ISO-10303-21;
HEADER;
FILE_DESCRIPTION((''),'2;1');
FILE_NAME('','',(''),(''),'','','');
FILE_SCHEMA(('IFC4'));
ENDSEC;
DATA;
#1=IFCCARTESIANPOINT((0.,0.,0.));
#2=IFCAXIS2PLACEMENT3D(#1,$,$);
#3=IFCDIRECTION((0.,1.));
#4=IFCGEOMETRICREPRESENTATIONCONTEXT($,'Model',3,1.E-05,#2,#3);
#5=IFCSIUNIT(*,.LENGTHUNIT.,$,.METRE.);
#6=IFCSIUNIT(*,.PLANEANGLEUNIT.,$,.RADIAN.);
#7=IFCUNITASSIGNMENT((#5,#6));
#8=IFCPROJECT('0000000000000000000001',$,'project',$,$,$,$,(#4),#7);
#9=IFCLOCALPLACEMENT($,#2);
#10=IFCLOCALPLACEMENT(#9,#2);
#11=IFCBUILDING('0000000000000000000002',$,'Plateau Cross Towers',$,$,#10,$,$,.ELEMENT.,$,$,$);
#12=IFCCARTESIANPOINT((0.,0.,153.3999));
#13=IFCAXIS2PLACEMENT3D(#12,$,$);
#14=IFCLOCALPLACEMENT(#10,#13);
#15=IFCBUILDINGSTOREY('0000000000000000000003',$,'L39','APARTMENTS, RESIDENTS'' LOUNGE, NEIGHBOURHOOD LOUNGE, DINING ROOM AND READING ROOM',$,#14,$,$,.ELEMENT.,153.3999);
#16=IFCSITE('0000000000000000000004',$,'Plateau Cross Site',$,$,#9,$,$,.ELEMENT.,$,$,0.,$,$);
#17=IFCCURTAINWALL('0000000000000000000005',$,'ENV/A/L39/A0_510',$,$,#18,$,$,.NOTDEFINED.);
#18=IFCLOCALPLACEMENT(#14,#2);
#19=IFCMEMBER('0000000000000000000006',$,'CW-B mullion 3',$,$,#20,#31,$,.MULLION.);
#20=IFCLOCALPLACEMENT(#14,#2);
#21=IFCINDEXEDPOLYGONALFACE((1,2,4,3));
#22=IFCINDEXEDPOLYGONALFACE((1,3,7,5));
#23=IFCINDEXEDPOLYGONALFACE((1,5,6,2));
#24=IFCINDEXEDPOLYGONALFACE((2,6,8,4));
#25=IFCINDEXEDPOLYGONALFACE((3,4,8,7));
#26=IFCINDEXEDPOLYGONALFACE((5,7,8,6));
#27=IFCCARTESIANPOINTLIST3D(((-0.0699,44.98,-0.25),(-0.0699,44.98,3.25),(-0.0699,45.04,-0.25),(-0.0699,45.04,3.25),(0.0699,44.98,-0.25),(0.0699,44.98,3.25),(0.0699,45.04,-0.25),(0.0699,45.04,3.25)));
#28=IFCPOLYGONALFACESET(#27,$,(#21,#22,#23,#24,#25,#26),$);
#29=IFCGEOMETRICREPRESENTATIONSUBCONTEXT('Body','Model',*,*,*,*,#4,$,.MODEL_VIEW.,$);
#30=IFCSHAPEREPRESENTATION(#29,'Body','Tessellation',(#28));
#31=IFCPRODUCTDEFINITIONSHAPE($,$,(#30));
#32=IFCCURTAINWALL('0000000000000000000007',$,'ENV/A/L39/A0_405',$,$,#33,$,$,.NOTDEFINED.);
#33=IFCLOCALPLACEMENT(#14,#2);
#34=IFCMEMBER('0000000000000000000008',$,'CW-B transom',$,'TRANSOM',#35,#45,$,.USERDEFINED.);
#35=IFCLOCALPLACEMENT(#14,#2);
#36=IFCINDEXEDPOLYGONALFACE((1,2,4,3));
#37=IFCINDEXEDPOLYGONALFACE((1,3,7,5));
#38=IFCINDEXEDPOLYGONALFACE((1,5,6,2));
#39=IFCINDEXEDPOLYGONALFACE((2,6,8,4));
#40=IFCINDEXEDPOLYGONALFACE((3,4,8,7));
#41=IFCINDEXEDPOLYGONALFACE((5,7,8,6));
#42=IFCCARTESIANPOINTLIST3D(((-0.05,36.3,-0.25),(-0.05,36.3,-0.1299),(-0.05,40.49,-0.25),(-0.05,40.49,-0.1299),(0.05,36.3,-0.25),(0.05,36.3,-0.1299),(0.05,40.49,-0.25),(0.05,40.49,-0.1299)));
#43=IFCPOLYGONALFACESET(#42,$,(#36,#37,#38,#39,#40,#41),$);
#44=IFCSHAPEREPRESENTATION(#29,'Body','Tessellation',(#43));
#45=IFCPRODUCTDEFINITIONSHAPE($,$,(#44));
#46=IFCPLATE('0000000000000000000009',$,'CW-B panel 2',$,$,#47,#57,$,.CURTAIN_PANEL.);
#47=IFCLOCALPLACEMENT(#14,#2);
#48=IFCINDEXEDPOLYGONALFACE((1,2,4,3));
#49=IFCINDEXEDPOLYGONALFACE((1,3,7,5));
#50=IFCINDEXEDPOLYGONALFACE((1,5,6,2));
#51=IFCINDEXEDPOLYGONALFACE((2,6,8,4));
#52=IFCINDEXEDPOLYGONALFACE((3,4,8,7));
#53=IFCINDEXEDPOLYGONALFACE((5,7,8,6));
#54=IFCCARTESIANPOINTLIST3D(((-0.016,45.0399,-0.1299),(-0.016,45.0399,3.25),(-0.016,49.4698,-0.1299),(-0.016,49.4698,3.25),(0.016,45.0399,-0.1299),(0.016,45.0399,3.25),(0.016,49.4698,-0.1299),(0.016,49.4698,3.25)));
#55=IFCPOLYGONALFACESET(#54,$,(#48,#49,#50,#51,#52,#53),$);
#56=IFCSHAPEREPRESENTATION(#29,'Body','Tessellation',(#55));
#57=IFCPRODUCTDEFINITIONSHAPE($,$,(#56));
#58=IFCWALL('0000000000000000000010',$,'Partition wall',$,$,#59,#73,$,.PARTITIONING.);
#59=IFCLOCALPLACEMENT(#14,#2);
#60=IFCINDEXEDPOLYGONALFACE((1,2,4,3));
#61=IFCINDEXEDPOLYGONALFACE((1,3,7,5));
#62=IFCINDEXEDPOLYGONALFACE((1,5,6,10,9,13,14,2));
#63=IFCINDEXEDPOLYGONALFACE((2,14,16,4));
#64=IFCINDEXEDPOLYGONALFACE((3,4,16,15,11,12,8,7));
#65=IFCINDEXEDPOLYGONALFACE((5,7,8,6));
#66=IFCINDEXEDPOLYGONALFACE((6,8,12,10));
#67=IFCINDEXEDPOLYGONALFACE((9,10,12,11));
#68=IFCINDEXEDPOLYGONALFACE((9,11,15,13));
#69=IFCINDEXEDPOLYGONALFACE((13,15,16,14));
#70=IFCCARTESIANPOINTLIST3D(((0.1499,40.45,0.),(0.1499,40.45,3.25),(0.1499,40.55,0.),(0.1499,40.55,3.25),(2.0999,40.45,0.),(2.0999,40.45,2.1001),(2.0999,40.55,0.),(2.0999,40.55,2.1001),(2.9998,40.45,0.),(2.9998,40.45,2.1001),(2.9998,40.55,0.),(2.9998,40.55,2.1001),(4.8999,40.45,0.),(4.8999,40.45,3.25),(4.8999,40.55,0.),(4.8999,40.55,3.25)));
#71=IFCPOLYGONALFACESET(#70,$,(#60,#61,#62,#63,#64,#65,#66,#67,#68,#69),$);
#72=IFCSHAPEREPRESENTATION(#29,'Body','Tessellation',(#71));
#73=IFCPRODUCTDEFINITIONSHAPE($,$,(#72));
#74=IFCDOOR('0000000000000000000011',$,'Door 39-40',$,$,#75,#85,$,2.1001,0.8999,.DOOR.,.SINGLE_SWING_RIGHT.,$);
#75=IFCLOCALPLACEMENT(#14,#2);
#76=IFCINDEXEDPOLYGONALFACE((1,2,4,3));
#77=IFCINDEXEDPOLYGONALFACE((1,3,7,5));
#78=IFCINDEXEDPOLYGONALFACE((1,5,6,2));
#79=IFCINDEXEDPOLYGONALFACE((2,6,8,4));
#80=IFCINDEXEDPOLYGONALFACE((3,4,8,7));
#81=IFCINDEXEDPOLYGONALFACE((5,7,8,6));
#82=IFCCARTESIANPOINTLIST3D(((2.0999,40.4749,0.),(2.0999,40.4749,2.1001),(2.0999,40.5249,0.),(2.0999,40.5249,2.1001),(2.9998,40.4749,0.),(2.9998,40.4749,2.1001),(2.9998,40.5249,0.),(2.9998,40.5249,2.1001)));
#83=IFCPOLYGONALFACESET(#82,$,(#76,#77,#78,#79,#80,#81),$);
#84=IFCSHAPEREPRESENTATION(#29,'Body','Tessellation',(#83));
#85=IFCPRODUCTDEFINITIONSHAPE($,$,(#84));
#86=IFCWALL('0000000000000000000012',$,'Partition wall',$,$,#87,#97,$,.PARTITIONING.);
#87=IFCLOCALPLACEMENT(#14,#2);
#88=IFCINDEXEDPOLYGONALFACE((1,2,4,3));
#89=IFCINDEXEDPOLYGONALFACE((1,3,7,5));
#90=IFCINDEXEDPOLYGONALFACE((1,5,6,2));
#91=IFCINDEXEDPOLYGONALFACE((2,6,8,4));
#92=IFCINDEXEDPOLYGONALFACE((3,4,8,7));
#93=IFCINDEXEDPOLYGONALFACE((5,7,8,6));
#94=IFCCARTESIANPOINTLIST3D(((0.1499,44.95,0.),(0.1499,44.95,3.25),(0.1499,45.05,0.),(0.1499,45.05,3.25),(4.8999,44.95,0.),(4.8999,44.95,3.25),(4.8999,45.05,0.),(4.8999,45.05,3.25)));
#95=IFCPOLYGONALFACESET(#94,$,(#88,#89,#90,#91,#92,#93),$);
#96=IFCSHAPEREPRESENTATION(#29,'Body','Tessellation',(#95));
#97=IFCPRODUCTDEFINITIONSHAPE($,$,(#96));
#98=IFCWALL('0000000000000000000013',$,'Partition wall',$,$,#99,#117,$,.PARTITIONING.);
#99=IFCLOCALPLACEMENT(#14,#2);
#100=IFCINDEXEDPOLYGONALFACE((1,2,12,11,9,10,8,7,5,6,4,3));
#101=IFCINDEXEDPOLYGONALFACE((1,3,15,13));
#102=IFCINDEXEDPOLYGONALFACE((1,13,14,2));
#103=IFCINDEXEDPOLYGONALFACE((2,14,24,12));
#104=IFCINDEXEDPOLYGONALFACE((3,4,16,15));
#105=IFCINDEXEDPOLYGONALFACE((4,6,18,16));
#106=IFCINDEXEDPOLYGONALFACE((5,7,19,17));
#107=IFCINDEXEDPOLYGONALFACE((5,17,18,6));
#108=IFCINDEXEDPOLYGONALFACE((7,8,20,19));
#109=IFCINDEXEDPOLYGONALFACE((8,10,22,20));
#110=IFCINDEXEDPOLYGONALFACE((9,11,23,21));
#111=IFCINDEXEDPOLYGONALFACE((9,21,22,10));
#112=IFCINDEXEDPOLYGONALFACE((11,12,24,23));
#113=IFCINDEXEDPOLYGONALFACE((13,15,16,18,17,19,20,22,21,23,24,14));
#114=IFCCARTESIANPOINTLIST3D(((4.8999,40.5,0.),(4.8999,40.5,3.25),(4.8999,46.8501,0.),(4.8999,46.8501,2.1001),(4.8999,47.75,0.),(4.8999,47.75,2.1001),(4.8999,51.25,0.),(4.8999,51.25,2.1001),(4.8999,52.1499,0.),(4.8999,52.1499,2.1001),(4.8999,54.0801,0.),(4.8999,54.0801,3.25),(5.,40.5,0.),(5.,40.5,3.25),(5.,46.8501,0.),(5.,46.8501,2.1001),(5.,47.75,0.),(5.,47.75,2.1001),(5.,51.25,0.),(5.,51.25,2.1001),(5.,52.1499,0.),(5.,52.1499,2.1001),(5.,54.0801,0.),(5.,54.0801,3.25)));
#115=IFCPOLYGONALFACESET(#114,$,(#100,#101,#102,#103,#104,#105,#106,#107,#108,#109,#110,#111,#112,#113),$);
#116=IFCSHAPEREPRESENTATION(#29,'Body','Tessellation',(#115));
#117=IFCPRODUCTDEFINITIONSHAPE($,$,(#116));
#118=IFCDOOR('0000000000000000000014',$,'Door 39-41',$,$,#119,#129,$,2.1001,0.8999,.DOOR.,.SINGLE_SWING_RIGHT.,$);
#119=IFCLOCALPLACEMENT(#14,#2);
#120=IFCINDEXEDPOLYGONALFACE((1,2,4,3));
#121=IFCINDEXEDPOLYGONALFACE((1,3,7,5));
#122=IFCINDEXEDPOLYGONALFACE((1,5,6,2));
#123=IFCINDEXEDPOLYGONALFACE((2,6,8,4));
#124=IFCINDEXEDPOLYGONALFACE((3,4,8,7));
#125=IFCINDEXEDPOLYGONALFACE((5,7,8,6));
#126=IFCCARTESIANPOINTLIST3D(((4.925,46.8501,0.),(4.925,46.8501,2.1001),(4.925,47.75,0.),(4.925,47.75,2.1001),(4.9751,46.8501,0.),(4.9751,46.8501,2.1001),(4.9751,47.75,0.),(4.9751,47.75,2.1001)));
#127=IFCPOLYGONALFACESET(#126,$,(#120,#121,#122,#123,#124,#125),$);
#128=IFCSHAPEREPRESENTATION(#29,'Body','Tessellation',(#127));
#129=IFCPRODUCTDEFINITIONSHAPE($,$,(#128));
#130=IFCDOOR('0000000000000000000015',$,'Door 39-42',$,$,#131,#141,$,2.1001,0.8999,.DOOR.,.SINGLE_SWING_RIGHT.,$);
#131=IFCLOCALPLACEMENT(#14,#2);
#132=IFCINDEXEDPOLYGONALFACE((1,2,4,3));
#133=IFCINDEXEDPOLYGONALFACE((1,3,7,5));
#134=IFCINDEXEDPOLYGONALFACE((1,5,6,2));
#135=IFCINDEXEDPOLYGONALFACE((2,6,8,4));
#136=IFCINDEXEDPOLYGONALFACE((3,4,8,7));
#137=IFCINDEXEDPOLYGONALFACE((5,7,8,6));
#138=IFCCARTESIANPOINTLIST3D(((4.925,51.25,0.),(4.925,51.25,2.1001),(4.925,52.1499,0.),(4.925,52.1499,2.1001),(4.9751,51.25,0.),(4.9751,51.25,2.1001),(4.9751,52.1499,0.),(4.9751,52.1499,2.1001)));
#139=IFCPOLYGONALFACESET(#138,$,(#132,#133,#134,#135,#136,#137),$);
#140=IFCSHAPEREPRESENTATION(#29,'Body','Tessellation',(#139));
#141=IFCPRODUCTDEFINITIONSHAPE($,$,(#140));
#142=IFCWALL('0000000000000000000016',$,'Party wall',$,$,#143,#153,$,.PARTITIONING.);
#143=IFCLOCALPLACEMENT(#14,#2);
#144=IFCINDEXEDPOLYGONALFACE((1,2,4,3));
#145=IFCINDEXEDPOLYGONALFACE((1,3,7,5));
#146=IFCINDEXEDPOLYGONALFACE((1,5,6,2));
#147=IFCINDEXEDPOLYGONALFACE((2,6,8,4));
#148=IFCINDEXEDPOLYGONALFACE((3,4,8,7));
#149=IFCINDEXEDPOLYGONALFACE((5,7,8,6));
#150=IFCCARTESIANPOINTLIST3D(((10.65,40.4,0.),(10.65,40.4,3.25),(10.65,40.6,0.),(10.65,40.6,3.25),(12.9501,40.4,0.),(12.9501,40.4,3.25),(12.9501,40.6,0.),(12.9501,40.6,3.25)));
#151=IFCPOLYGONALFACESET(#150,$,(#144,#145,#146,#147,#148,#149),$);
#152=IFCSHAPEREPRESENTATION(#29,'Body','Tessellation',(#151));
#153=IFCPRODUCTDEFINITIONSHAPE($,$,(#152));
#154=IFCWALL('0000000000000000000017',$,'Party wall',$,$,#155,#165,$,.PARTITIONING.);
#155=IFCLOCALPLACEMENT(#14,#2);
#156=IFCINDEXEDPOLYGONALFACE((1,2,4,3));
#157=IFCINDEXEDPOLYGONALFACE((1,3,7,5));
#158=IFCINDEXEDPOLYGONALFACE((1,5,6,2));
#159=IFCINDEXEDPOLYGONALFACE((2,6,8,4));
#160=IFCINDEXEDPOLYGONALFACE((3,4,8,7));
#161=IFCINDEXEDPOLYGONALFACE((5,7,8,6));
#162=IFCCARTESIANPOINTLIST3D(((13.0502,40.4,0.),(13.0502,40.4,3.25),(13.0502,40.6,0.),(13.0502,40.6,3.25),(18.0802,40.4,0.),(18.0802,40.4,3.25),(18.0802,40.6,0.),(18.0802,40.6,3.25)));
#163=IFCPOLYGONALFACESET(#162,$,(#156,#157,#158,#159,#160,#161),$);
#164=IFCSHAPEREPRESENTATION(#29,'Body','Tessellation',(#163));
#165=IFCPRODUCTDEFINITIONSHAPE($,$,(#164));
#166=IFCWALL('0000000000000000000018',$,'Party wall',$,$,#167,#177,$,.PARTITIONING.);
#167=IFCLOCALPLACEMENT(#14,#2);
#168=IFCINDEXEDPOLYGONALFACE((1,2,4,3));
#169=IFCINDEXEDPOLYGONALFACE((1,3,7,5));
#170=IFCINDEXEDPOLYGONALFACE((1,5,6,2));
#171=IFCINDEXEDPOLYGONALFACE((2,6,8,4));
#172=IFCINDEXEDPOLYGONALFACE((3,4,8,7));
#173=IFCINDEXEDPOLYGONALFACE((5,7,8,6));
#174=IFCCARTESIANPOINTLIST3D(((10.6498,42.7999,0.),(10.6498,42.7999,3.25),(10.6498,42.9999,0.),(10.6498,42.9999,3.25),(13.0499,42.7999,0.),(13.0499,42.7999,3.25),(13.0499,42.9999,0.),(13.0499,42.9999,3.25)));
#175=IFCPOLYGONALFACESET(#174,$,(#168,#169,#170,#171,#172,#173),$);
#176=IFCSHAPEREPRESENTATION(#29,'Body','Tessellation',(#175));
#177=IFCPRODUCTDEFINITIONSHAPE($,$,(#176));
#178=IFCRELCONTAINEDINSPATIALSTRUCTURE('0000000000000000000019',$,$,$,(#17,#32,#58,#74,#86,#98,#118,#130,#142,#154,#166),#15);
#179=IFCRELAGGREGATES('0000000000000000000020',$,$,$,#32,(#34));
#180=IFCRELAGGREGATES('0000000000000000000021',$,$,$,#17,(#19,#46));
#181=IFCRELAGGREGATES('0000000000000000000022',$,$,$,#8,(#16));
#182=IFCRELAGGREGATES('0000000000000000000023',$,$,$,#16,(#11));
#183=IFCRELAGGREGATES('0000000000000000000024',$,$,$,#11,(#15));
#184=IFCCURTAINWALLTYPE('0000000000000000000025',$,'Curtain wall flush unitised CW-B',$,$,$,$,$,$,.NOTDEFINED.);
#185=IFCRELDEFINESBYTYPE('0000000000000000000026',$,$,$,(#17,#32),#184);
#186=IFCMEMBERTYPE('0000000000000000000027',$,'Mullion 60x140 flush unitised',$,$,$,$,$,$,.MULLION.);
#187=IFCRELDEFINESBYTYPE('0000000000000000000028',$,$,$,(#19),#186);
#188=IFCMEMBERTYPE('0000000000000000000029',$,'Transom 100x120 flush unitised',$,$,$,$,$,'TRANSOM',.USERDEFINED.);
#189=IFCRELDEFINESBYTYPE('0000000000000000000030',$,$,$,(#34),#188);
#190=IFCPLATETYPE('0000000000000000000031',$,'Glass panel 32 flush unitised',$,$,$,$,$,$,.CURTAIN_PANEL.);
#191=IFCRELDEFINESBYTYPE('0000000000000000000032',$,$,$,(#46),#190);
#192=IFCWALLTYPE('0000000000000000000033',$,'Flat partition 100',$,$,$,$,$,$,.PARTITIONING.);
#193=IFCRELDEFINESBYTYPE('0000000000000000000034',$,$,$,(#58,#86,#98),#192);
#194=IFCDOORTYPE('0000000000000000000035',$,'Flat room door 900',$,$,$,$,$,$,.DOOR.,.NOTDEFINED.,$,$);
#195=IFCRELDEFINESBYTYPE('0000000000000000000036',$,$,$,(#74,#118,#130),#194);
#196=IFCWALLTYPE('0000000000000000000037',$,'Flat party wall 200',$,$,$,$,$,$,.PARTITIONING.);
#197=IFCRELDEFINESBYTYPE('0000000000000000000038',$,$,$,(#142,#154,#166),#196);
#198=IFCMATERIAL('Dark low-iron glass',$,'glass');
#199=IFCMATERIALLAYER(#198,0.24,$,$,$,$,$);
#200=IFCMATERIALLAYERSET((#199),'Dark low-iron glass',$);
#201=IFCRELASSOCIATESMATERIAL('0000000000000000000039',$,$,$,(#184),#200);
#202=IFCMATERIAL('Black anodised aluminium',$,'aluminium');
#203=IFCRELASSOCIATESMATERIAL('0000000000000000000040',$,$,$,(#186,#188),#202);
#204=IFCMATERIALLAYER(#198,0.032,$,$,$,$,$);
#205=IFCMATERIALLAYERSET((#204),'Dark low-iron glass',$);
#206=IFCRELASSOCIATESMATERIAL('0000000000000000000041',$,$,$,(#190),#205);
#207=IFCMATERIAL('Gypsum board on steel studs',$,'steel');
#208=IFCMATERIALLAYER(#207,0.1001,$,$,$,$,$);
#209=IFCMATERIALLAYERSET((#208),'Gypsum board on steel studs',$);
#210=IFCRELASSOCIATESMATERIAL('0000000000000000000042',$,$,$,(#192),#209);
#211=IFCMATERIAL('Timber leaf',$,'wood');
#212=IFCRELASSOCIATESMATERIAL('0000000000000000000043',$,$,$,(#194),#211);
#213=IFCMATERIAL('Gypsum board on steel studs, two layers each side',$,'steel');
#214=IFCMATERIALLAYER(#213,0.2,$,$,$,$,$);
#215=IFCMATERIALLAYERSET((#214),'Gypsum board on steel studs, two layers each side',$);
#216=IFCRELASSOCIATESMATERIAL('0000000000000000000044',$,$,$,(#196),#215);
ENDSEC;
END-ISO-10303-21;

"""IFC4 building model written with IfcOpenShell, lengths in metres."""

from ifc_helpers import new_model, si_unit, direction, frame, frame_2d, origin, origin_2d, place, context, subcontext, project, spatial, rectangle, extrude, material, layer, layer_set, material_profile, profile_set, type_object, element, fill, aggregate, save


model = new_model("IFC4")

# Units and contexts
model_context = context("Model", 3, precision=1e-05, world=origin(), true_north=direction((0.0, 1.0)))
body_context = subcontext(model_context, "Body", "Model", "MODEL_VIEW")
ifc_project = project(units=[si_unit("LENGTHUNIT", "METRE"), si_unit("PLANEANGLEUNIT", "RADIAN")], contexts=[model_context])

# Site, building, storey
site_placement = place(None, origin())
site = spatial("IfcSite", under=ifc_project, at=site_placement, Name="Plateau Cross Site", CompositionType="ELEMENT", RefElevation=0.0)
building_placement = place(site_placement, origin())
building = spatial("IfcBuilding", under=site, at=building_placement, Name="Plateau Cross Towers", CompositionType="ELEMENT")
storey_placement = place(building_placement, frame((0.0, 0.0, 153.3999)))
storey = spatial("IfcBuildingStorey", under=building, at=storey_placement, Name="L39", Description="APARTMENTS, RESIDENTS' LOUNGE, NEIGHBOURHOOD LOUNGE, DINING ROOM AND READING ROOM", CompositionType="ELEMENT", Elevation=153.3999)

# Curtain walls, members
ifc_material_1 = material(Name="Dark low-iron glass", Category="glass")
ifc_layer_1 = layer(ifc_material_1, 0.24)
ifc_layer_set_1 = layer_set([ifc_layer_1], Name="Dark low-iron glass")
curtain_wall_type = type_object("IfcCurtainWallType", Name="Curtain wall flush unitised CW-B", PredefinedType="NOTDEFINED", material=ifc_layer_set_1)
curtain_wall_1_placement = place(storey_placement, origin())
curtain_wall_1 = element("IfcCurtainWall", 1, at=curtain_wall_1_placement, inside=storey, type_object=curtain_wall_type, Name="ENV/A/L39/A0_510", PredefinedType="NOTDEFINED")
ifc_material_2 = material(Name="Black anodised aluminium", Category="aluminium")
ifc_material_profile_1 = material_profile(ifc_material_2, rectangle(XDim=0.0601, YDim=0.1399, at=origin_2d()), Name="MULLION 60x140")
ifc_profile_set_1 = profile_set([ifc_material_profile_1], Name="Black anodised aluminium")
member_type_1 = type_object("IfcMemberType", Name="Mullion 60x140 flush unitised", PredefinedType="MULLION", material=ifc_profile_set_1)
member_1_placement = place(storey_placement, frame((0.0, 45.01, -0.25), z_axis=(0.0, 0.0, 1.0), x_axis=(0.0, -1.0, 0.0)))
member_1 = element("IfcMember", 2, at=member_1_placement, type_object=member_type_1, Name="CW-B mullion 3", PredefinedType="MULLION", context=body_context, shape_type="SweptSolid", body=[
    extrude(rectangle(XDim=0.0601, YDim=0.1399, at=origin_2d()), origin(), (0.0, 0.0, 1.0), 3.5),
])
curtain_wall_2_placement = place(storey_placement, origin())
curtain_wall_2 = element("IfcCurtainWall", 3, at=curtain_wall_2_placement, inside=storey, type_object=curtain_wall_type, Name="ENV/A/L39/A0_405", PredefinedType="NOTDEFINED")
ifc_material_profile_2 = material_profile(ifc_material_2, rectangle(XDim=0.1001, YDim=0.1201, at=origin_2d()), Name="TRANSOM 100x120")
ifc_profile_set_2 = profile_set([ifc_material_profile_2], Name="Black anodised aluminium")
member_type_2 = type_object("IfcMemberType", Name="Transom 100x120 flush unitised", ElementType="TRANSOM", PredefinedType="USERDEFINED", material=ifc_profile_set_2)
member_2_placement = place(storey_placement, frame((0.0, 40.49, -0.1899), z_axis=(0.0, -1.0, 0.0), x_axis=(1.0, 0.0, 0.0)))
member_2 = element("IfcMember", 4, at=member_2_placement, type_object=member_type_2, Name="CW-B transom", ObjectType="TRANSOM", PredefinedType="USERDEFINED", context=body_context, shape_type="SweptSolid", body=[
    extrude(rectangle(XDim=0.1001, YDim=0.1201, at=origin_2d()), origin(), (0.0, 0.0, 1.0), 4.1899),
])
aggregate(curtain_wall_2, [member_2])

# Plate
ifc_layer_2 = layer(ifc_material_1, 0.032)
ifc_layer_set_2 = layer_set([ifc_layer_2], Name="Dark low-iron glass")
plate_type = type_object("IfcPlateType", Name="Glass panel 32 flush unitised", PredefinedType="CURTAIN_PANEL", material=ifc_layer_set_2)
plate_placement = place(storey_placement, frame((0.0, 47.2549, -0.1299), z_axis=(0.0, 0.0, 1.0), x_axis=(0.0, -1.0, 0.0)))
plate = element("IfcPlate", 5, at=plate_placement, type_object=plate_type, Name="CW-B panel 2", PredefinedType="CURTAIN_PANEL", context=body_context, shape_type="SweptSolid", body=[
    extrude(rectangle(XDim=4.4299, YDim=0.032, at=origin_2d()), origin(), (0.0, 0.0, 1.0), 3.3799),
])
aggregate(curtain_wall_1, [member_1, plate])

# Wall, opening, door
ifc_material_3 = material(Name="Gypsum board on steel studs", Category="steel")
ifc_layer_3 = layer(ifc_material_3, 0.1001)
ifc_layer_set_3 = layer_set([ifc_layer_3], Name="Gypsum board on steel studs")
wall_type_1 = type_object("IfcWallType", Name="Flat partition 100", PredefinedType="PARTITIONING", material=ifc_layer_set_3)
wall_1_placement = place(storey_placement, frame((0.1499, 40.5, 0.0), z_axis=(0.0, 0.0, 1.0), x_axis=(1.0, 0.0, 0.0)))
wall_1 = element("IfcWall", 6, at=wall_1_placement, inside=storey, type_object=wall_type_1, Name="Partition wall", PredefinedType="PARTITIONING", context=body_context, shape_type="SweptSolid", body=[
    extrude(rectangle(XDim=4.75, YDim=0.1001, at=frame_2d((2.375, 0.0))), origin(), (0.0, 0.0, 1.0), 3.25),
])
opening_1_placement = place(wall_1_placement, frame((1.95, 0.0, 0.0)))
opening_1 = element("IfcOpeningElement", 7, at=opening_1_placement, cuts=wall_1, PredefinedType="OPENING", context=body_context, shape_type="SweptSolid", body=[
    extrude(rectangle(XDim=0.8999, YDim=2.1001, at=frame_2d((0.45, 1.05))), frame((0.0, 0.0601, 0.0), z_axis=(0.0, -1.0, 0.0), x_axis=(1.0, 0.0, 0.0)), (0.0, 0.0, 1.0), 0.1201),
])
ifc_material_4 = material(Name="Timber leaf", Category="wood")
door_type_1 = type_object("IfcDoorType", Name="Flat room door 900", OperationType="NOTDEFINED", PredefinedType="DOOR", material=ifc_material_4)
door_1_placement = place(opening_1_placement, origin())
door_1 = element("IfcDoor", 8, at=door_1_placement, inside=storey, type_object=door_type_1, Name="Door 39-40", OperationType="SINGLE_SWING_RIGHT", OverallHeight=2.1001, OverallWidth=0.8999, PredefinedType="DOOR", context=body_context, shape_type="SweptSolid", body=[
    extrude(rectangle(XDim=0.8999, YDim=2.1001, at=frame_2d((0.45, 1.05))), frame((0.0, 0.0249, 0.0), z_axis=(0.0, -1.0, 0.0), x_axis=(1.0, 0.0, 0.0)), (0.0, 0.0, 1.0), 0.05),
])
fill(opening_1, door_1)

# Wall
wall_2_placement = place(storey_placement, frame((4.8999, 45.0, 0.0), z_axis=(0.0, 0.0, 1.0), x_axis=(-1.0, 0.0, 0.0)))
element("IfcWall", 9, at=wall_2_placement, inside=storey, type_object=wall_type_1, Name="Partition wall", PredefinedType="PARTITIONING", context=body_context, shape_type="SweptSolid", body=[
    extrude(rectangle(XDim=4.75, YDim=0.1001, at=frame_2d((2.375, 0.0))), origin(), (0.0, 0.0, 1.0), 3.25),
])

# Wall, openings, doors
wall_3_placement = place(storey_placement, frame((4.95, 40.5, 0.0), z_axis=(0.0, 0.0, 1.0), x_axis=(0.0, 1.0, 0.0)))
wall_3 = element("IfcWall", 10, at=wall_3_placement, inside=storey, type_object=wall_type_1, Name="Partition wall", PredefinedType="PARTITIONING", context=body_context, shape_type="SweptSolid", body=[
    extrude(rectangle(XDim=13.5801, YDim=0.1001, at=frame_2d((6.79, 0.0))), origin(), (0.0, 0.0, 1.0), 3.25),
])
opening_2_placement = place(wall_3_placement, frame((6.3501, 0.0, 0.0)))
opening_2 = element("IfcOpeningElement", 11, at=opening_2_placement, cuts=wall_3, PredefinedType="OPENING", context=body_context, shape_type="SweptSolid", body=[
    extrude(rectangle(XDim=0.8999, YDim=2.1001, at=frame_2d((0.45, 1.05))), frame((0.0, 0.0601, 0.0), z_axis=(0.0, -1.0, 0.0), x_axis=(1.0, 0.0, 0.0)), (0.0, 0.0, 1.0), 0.1201),
])
opening_3_placement = place(wall_3_placement, frame((10.75, 0.0, 0.0)))
opening_3 = element("IfcOpeningElement", 12, at=opening_3_placement, cuts=wall_3, PredefinedType="OPENING", context=body_context, shape_type="SweptSolid", body=[
    extrude(rectangle(XDim=0.8999, YDim=2.1001, at=frame_2d((0.45, 1.05))), frame((0.0, 0.0601, 0.0), z_axis=(0.0, -1.0, 0.0), x_axis=(1.0, 0.0, 0.0)), (0.0, 0.0, 1.0), 0.1201),
])
door_2_placement = place(opening_2_placement, origin())
door_2 = element("IfcDoor", 13, at=door_2_placement, inside=storey, type_object=door_type_1, Name="Door 39-41", OperationType="SINGLE_SWING_RIGHT", OverallHeight=2.1001, OverallWidth=0.8999, PredefinedType="DOOR", context=body_context, shape_type="SweptSolid", body=[
    extrude(rectangle(XDim=0.8999, YDim=2.1001, at=frame_2d((0.45, 1.05))), frame((0.0, 0.0249, 0.0), z_axis=(0.0, -1.0, 0.0), x_axis=(1.0, 0.0, 0.0)), (0.0, 0.0, 1.0), 0.05),
])
fill(opening_2, door_2)
door_3_placement = place(opening_3_placement, origin())
door_3 = element("IfcDoor", 14, at=door_3_placement, inside=storey, type_object=door_type_1, Name="Door 39-42", OperationType="SINGLE_SWING_RIGHT", OverallHeight=2.1001, OverallWidth=0.8999, PredefinedType="DOOR", context=body_context, shape_type="SweptSolid", body=[
    extrude(rectangle(XDim=0.8999, YDim=2.1001, at=frame_2d((0.45, 1.05))), frame((0.0, 0.0249, 0.0), z_axis=(0.0, -1.0, 0.0), x_axis=(1.0, 0.0, 0.0)), (0.0, 0.0, 1.0), 0.05),
])
fill(opening_3, door_3)

# Walls
ifc_material_5 = material(Name="Gypsum board on steel studs, two layers each side", Category="steel")
ifc_layer_4 = layer(ifc_material_5, 0.2)
ifc_layer_set_4 = layer_set([ifc_layer_4], Name="Gypsum board on steel studs, two layers each side")
wall_type_2 = type_object("IfcWallType", Name="Flat party wall 200", PredefinedType="PARTITIONING", material=ifc_layer_set_4)
wall_4_placement = place(storey_placement, frame((12.95, 40.5, 0.0), z_axis=(0.0, 0.0, 1.0), x_axis=(-1.0, 0.0, 0.0)))
element("IfcWall", 15, at=wall_4_placement, inside=storey, type_object=wall_type_2, Name="Party wall", PredefinedType="PARTITIONING", context=body_context, shape_type="SweptSolid", body=[
    extrude(rectangle(XDim=2.3, YDim=0.2, at=frame_2d((1.1499, 0.0))), origin(), (0.0, 0.0, 1.0), 3.25),
])
wall_5_placement = place(storey_placement, frame((13.05, 40.5, 0.0), z_axis=(0.0, 0.0, 1.0), x_axis=(1.0, 0.0, 0.0)))
element("IfcWall", 16, at=wall_5_placement, inside=storey, type_object=wall_type_2, Name="Party wall", PredefinedType="PARTITIONING", context=body_context, shape_type="SweptSolid", body=[
    extrude(rectangle(XDim=5.03, YDim=0.2, at=frame_2d((2.5151, 0.0))), origin(), (0.0, 0.0, 1.0), 3.25),
])
wall_6_placement = place(storey_placement, frame((13.05, 42.8999, 0.0), z_axis=(0.0, 0.0, 1.0), x_axis=(-1.0, 0.0, 0.0)))
element("IfcWall", 17, at=wall_6_placement, inside=storey, type_object=wall_type_2, Name="Party wall", PredefinedType="PARTITIONING", context=body_context, shape_type="SweptSolid", body=[
    extrude(rectangle(XDim=2.4001, YDim=0.2, at=frame_2d((1.2002, 0.0))), origin(), (0.0, 0.0, 1.0), 3.25),
])

save(model, "model.ifc")
